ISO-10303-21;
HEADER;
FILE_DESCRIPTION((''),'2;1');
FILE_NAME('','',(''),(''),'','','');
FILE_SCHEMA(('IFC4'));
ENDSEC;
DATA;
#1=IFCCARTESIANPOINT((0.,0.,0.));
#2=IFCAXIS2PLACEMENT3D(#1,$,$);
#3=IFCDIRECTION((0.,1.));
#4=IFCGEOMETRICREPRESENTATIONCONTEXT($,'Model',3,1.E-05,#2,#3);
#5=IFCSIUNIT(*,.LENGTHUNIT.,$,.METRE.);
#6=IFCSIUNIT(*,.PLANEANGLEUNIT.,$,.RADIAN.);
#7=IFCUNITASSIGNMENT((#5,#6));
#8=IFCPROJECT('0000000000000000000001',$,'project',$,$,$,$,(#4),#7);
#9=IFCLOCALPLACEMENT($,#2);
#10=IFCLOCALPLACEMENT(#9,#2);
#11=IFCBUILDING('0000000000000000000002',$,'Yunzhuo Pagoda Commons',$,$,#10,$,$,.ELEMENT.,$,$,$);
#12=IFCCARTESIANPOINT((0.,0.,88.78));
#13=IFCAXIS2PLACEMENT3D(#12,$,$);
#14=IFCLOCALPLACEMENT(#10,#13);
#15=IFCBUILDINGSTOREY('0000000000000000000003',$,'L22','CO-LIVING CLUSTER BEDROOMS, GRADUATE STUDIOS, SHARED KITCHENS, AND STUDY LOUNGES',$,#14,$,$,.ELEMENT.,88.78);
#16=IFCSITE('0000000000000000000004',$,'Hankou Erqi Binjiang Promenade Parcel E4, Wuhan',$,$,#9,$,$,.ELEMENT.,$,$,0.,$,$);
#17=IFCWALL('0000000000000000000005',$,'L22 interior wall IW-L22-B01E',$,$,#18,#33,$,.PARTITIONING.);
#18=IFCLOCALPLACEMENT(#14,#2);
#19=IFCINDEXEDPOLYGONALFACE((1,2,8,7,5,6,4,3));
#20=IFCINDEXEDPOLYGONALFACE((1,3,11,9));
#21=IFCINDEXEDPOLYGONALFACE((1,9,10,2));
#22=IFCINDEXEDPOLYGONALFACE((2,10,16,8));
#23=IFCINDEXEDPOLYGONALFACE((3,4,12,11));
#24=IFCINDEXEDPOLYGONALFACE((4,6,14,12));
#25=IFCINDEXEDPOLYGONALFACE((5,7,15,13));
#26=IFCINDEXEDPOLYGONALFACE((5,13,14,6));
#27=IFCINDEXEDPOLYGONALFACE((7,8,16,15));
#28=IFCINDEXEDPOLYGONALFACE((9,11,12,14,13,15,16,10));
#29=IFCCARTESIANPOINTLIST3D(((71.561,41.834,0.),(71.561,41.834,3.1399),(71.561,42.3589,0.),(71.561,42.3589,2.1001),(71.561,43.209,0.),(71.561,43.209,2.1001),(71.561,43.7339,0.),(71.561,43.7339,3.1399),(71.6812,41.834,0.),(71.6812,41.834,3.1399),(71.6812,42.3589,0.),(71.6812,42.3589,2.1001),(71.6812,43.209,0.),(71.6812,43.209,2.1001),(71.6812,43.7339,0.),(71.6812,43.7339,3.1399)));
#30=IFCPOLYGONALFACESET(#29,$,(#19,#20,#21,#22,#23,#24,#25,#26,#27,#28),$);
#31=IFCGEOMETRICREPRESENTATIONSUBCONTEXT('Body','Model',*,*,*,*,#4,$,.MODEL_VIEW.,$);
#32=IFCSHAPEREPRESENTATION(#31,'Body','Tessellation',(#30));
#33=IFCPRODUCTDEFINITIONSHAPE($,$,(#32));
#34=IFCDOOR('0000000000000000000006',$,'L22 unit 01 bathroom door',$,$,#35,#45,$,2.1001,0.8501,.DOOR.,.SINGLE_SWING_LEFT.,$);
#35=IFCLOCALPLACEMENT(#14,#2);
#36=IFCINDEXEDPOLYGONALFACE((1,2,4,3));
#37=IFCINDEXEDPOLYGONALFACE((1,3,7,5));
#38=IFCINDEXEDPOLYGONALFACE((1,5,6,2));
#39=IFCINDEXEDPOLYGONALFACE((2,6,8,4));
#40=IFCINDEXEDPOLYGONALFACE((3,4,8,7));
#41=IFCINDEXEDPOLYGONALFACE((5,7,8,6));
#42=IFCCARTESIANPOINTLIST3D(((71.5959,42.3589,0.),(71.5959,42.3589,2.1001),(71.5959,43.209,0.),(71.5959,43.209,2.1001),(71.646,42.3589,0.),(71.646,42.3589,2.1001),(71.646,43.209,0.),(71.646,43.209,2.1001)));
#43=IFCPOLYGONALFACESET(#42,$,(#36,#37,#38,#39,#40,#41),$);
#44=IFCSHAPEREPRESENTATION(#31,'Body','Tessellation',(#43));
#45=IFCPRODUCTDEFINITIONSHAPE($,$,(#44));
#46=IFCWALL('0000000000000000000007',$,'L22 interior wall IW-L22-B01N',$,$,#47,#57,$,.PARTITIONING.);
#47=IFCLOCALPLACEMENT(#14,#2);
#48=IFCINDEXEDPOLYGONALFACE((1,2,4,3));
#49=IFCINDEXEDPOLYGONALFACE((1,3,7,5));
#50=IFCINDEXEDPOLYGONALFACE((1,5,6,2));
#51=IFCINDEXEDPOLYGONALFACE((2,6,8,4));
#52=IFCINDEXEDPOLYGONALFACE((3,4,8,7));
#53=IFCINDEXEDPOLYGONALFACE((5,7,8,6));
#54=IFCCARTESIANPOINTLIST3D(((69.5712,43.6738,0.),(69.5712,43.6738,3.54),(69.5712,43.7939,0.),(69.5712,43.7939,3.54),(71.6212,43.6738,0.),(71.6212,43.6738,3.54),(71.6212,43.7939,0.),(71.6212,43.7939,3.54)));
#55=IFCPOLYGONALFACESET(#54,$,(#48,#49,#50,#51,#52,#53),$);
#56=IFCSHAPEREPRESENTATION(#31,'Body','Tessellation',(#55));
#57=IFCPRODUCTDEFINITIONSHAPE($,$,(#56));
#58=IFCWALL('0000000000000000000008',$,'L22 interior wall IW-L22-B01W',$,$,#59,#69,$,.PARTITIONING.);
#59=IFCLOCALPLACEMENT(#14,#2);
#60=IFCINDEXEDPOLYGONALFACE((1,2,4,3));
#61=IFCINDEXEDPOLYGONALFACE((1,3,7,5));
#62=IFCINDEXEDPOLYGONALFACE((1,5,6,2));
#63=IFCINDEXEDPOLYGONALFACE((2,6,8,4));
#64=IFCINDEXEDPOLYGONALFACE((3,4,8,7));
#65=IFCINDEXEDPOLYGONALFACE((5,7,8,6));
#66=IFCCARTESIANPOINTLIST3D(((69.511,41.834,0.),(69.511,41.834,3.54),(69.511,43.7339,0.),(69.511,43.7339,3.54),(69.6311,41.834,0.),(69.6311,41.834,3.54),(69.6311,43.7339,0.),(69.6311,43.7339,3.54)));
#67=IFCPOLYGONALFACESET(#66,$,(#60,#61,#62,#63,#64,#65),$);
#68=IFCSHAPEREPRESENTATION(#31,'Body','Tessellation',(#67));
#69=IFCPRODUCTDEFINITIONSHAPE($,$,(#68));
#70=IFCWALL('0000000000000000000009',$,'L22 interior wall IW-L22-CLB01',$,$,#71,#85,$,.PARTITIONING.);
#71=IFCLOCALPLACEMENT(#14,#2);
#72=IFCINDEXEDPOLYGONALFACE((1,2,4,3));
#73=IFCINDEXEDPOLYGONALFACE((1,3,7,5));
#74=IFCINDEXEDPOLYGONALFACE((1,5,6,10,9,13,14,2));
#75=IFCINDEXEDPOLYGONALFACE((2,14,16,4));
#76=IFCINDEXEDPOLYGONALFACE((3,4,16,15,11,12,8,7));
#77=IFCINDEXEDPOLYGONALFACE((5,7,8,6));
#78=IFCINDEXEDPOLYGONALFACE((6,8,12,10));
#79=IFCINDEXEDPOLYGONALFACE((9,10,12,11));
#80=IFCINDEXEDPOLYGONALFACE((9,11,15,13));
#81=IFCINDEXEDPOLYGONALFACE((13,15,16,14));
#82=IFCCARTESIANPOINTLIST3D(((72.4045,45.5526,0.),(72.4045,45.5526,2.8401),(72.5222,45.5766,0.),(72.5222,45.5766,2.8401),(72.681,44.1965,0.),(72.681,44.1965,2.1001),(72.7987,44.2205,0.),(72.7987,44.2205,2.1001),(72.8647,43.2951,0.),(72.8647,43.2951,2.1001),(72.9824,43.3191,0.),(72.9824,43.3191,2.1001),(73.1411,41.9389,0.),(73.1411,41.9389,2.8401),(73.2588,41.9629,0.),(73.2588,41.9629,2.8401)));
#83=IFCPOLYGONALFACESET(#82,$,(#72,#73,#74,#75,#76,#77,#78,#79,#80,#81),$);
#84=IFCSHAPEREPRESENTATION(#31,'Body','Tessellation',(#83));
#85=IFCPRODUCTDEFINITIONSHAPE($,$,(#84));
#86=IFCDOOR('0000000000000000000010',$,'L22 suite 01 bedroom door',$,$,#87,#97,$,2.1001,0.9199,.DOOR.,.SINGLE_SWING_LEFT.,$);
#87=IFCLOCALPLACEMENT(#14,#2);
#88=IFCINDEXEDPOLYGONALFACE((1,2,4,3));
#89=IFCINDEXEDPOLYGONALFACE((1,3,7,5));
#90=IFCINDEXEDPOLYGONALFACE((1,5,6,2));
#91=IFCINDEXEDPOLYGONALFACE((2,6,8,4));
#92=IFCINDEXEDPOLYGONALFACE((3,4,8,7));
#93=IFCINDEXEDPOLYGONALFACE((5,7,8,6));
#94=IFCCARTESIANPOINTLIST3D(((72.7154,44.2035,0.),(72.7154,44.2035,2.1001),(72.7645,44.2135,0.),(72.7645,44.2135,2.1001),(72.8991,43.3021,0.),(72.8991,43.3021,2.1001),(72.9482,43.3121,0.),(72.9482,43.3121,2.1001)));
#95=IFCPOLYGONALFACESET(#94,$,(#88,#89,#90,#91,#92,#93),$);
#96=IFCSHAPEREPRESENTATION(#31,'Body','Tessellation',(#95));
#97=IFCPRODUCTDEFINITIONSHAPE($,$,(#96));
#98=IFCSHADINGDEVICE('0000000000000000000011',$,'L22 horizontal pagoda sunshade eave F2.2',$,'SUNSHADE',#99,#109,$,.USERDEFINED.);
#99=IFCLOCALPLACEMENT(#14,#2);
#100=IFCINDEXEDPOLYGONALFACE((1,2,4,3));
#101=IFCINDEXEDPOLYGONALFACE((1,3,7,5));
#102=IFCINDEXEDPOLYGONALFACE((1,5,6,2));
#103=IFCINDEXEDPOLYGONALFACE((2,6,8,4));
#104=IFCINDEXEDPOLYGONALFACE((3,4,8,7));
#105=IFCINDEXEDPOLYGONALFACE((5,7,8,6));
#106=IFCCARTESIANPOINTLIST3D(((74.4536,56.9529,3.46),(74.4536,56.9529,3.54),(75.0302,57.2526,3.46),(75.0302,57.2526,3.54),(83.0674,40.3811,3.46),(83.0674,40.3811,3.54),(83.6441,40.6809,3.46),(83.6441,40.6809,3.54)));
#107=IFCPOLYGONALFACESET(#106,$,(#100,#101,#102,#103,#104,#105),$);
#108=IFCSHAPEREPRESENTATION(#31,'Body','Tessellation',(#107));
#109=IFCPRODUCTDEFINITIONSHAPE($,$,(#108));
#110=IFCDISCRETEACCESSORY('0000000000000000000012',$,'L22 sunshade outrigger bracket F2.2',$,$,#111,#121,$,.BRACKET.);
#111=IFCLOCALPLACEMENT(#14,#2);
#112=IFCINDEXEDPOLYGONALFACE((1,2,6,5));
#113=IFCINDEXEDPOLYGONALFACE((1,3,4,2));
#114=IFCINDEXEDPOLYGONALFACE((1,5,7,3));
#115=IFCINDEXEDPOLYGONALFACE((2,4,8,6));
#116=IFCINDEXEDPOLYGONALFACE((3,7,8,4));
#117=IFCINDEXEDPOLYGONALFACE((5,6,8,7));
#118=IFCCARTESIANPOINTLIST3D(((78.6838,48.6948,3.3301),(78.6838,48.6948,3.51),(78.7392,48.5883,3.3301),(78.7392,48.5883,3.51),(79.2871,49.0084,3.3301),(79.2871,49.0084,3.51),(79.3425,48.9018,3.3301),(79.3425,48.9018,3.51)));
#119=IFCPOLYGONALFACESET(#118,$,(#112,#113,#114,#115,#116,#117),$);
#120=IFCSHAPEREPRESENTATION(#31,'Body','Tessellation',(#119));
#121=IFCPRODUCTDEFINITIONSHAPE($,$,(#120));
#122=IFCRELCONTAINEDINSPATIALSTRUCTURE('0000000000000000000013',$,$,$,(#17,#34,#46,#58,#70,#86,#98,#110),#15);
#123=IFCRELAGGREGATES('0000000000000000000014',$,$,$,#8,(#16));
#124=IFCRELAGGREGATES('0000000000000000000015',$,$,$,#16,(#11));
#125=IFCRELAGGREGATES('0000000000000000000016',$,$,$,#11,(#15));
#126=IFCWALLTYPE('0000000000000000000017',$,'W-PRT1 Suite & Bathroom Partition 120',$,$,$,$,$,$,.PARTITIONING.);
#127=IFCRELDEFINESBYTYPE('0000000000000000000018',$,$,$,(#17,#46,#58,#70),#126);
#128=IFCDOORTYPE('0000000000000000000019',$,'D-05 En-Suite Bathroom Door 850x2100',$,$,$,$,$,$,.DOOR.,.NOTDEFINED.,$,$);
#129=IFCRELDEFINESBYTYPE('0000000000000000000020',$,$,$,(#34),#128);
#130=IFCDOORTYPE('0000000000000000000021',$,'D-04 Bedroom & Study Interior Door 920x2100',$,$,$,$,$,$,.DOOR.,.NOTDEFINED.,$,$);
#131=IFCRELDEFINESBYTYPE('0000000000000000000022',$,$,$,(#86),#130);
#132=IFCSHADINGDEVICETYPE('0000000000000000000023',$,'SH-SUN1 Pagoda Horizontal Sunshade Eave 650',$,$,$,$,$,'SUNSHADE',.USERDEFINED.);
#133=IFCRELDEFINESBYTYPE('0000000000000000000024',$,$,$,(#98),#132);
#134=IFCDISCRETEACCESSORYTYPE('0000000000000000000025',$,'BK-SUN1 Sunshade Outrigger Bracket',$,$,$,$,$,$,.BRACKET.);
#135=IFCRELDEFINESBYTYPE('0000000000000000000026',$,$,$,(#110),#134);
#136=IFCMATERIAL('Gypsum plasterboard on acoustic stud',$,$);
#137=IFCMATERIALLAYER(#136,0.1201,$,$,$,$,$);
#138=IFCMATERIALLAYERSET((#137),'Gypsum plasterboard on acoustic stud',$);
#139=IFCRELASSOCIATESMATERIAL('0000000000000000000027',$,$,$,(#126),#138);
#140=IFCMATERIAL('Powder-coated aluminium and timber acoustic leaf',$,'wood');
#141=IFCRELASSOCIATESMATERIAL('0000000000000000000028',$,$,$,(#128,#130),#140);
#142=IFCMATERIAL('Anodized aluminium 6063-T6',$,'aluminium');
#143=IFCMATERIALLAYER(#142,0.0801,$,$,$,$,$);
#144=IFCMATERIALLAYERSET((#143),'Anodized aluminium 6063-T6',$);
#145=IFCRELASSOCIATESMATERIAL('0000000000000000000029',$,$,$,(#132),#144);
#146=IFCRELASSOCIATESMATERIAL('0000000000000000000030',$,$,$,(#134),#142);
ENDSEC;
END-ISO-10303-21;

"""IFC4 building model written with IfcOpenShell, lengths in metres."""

from ifc_helpers import new_model, si_unit, direction, frame, frame_2d, origin, origin_with_axes, origin_2d, place, context, subcontext, project, spatial, rectangle, extrude, source, transform, mapped, material, layer, layer_set, type_object, element, fill, save


model = new_model("IFC4")

# Units and contexts
model_context = context("Model", 3, precision=1e-05, world=origin(), true_north=direction((0.0, 1.0)))
body_context = subcontext(model_context, "Body", "Model", "MODEL_VIEW")
ifc_project = project(units=[si_unit("LENGTHUNIT", "METRE"), si_unit("PLANEANGLEUNIT", "RADIAN")], contexts=[model_context])

# Site, building, storey
site_placement = place(None, origin())
site = spatial("IfcSite", under=ifc_project, at=site_placement, Name="Hankou Erqi Binjiang Promenade Parcel E4, Wuhan", CompositionType="ELEMENT", RefElevation=0.0)
building_placement = place(site_placement, origin())
building = spatial("IfcBuilding", under=site, at=building_placement, Name="Yunzhuo Pagoda Commons", CompositionType="ELEMENT")
storey_placement = place(building_placement, frame((0.0, 0.0, 88.78)))
storey = spatial("IfcBuildingStorey", under=building, at=storey_placement, Name="L22", Description="CO-LIVING CLUSTER BEDROOMS, GRADUATE STUDIOS, SHARED KITCHENS, AND STUDY LOUNGES", CompositionType="ELEMENT", Elevation=88.78)

# Shared definitions
ifc_material_1 = material(Name="Anodized aluminium 6063-T6", Category="aluminium")

# Shared definitions
ifc_material_2 = material(Name="Gypsum plasterboard on acoustic stud")
ifc_layer_1 = layer(ifc_material_2, 0.1201)
ifc_layer_set_1 = layer_set([ifc_layer_1], Name="Gypsum plasterboard on acoustic stud")
wall_type = type_object("IfcWallType", Name="W-PRT1 Suite & Bathroom Partition 120", PredefinedType="PARTITIONING", material=ifc_layer_set_1)

# Wall, opening, door
wall_1_placement = place(storey_placement, frame((71.6211, 41.834, 0.0), z_axis=(0.0, 0.0, 1.0), x_axis=(0.0, 1.0, 0.0)))
wall_1 = element("IfcWall", 1, at=wall_1_placement, inside=storey, type_object=wall_type, Name="L22 interior wall IW-L22-B01E", PredefinedType="PARTITIONING", context=body_context, shape_type="SweptSolid", body=[
    extrude(rectangle(XDim=1.8999, YDim=0.1201, at=frame_2d((0.95, 0.0))), origin(), (0.0, 0.0, 1.0), 3.1399),
])
opening_1_placement = place(wall_1_placement, frame((0.5249, 0.0, 0.0)))
opening_1 = element("IfcOpeningElement", 2, at=opening_1_placement, cuts=wall_1, PredefinedType="OPENING", context=body_context, shape_type="SweptSolid", body=[
    extrude(rectangle(XDim=0.8501, YDim=2.1001, at=frame_2d((0.425, 1.05))), frame((0.0, 0.0701, 0.0), z_axis=(0.0, -1.0, 0.0), x_axis=(1.0, 0.0, 0.0)), (0.0, 0.0, 1.0), 0.1401),
])
ifc_material_3 = material(Name="Powder-coated aluminium and timber acoustic leaf", Category="wood")
door_type_1 = type_object("IfcDoorType", Name="D-05 En-Suite Bathroom Door 850x2100", OperationType="NOTDEFINED", PredefinedType="DOOR", material=ifc_material_3)
shared_shape_1 = source(origin(), body_context, "Body", "SweptSolid", [
    extrude(rectangle(XDim=0.8501, YDim=2.1001, at=frame_2d((0.425, 1.05))), frame((0.0, 0.0249, 0.0), z_axis=(0.0, -1.0, 0.0), x_axis=(1.0, 0.0, 0.0)), (0.0, 0.0, 1.0), 0.05),
])
door_1_placement = place(opening_1_placement, frame((0.8501, 0.0, 0.0), z_axis=(0.0, 0.0, 1.0), x_axis=(-1.0, 0.0, 0.0)))
door_1 = element("IfcDoor", 3, at=door_1_placement, inside=storey, type_object=door_type_1, Name="L22 unit 01 bathroom door", OperationType="SINGLE_SWING_LEFT", OverallHeight=2.1001, OverallWidth=0.8501, PredefinedType="DOOR", context=body_context, shape_type="MappedRepresentation", body=[
    mapped(shared_shape_1, transform((0.0, 0.0, 0.0), scale=1.0)),
])
fill(opening_1, door_1)

# Walls
wall_2_placement = place(storey_placement, frame((71.6211, 43.7339, 0.0), z_axis=(0.0, 0.0, 1.0), x_axis=(-1.0, 0.0, 0.0)))
element("IfcWall", 4, at=wall_2_placement, inside=storey, type_object=wall_type, Name="L22 interior wall IW-L22-B01N", PredefinedType="PARTITIONING", context=body_context, shape_type="SweptSolid", body=[
    extrude(rectangle(XDim=2.05, YDim=0.1201, at=frame_2d((1.0249, 0.0))), origin(), (0.0, 0.0, 1.0), 3.54),
])
wall_3_placement = place(storey_placement, frame((69.571, 43.7339, 0.0), z_axis=(0.0, 0.0, 1.0), x_axis=(0.0, -1.0, 0.0)))
element("IfcWall", 5, at=wall_3_placement, inside=storey, type_object=wall_type, Name="L22 interior wall IW-L22-B01W", PredefinedType="PARTITIONING", context=body_context, shape_type="SweptSolid", body=[
    extrude(rectangle(XDim=1.8999, YDim=0.1201, at=frame_2d((0.95, 0.0))), origin(), (0.0, 0.0, 1.0), 3.54),
])

# Wall, opening, door
wall_4_placement = place(storey_placement, frame((73.2, 41.9509, 0.0), z_axis=(0.0, 0.0, 1.0), x_axis=(-0.199717, 0.979854, 0.0)))
wall_4 = element("IfcWall", 6, at=wall_4_placement, inside=storey, type_object=wall_type, Name="L22 interior wall IW-L22-CLB01", PredefinedType="PARTITIONING", context=body_context, shape_type="SweptSolid", body=[
    extrude(rectangle(XDim=3.688, YDim=0.1201, at=frame_2d((1.844, 0.0))), origin(), (0.0, 0.0, 1.0), 2.8401),
])
opening_2_placement = place(wall_4_placement, frame((1.384, 0.0, 0.0)))
opening_2 = element("IfcOpeningElement", 7, at=opening_2_placement, cuts=wall_4, PredefinedType="OPENING", context=body_context, shape_type="SweptSolid", body=[
    extrude(rectangle(XDim=0.9199, YDim=2.1001, at=frame_2d((0.46, 1.05))), frame((0.0, 0.0701, 0.0), z_axis=(0.0, -1.0, 0.0), x_axis=(1.0, 0.0, 0.0)), (0.0, 0.0, 1.0), 0.1401),
])
door_type_2 = type_object("IfcDoorType", Name="D-04 Bedroom & Study Interior Door 920x2100", OperationType="NOTDEFINED", PredefinedType="DOOR", material=ifc_material_3)
shared_shape_2 = source(origin(), body_context, "Body", "SweptSolid", [
    extrude(rectangle(XDim=0.9199, YDim=2.1001, at=frame_2d((0.46, 1.05))), frame((0.0, 0.0249, 0.0), z_axis=(0.0, -1.0, 0.0), x_axis=(1.0, 0.0, 0.0)), (0.0, 0.0, 1.0), 0.05),
])
door_2_placement = place(opening_2_placement, origin_with_axes())
door_2 = element("IfcDoor", 8, at=door_2_placement, inside=storey, type_object=door_type_2, Name="L22 suite 01 bedroom door", OperationType="SINGLE_SWING_LEFT", OverallHeight=2.1001, OverallWidth=0.9199, PredefinedType="DOOR", context=body_context, shape_type="MappedRepresentation", body=[
    mapped(shared_shape_2, transform((0.0, 0.0, 0.0), scale=1.0)),
])
fill(opening_2, door_2)

# Shading device
ifc_layer_2 = layer(ifc_material_1, 0.0801)
ifc_layer_set_2 = layer_set([ifc_layer_2], Name="Anodized aluminium 6063-T6")
shading_device_type = type_object("IfcShadingDeviceType", Name="SH-SUN1 Pagoda Horizontal Sunshade Eave 650", ElementType="SUNSHADE", PredefinedType="USERDEFINED", material=ifc_layer_set_2)
shared_shape_3 = source(origin(), body_context, "Body", "SweptSolid", [
    extrude(rectangle(XDim=18.6768, YDim=0.6499, at=origin_2d()), origin(), (0.0, 0.0, 1.0), 0.0801),
])
shading_device_placement = place(storey_placement, frame((79.0488, 48.8169, 3.46), z_axis=(0.0, 0.0, 1.0), x_axis=(-0.461207, 0.887293, 0.0)))
element("IfcShadingDevice", 9, at=shading_device_placement, inside=storey, type_object=shading_device_type, Name="L22 horizontal pagoda sunshade eave F2.2", ObjectType="SUNSHADE", PredefinedType="USERDEFINED", context=body_context, shape_type="MappedRepresentation", body=[
    mapped(shared_shape_3, transform((0.0, 0.0, 0.0), scale=1.0)),
])

# Discrete accessory
discrete_accessory_type = type_object("IfcDiscreteAccessoryType", Name="BK-SUN1 Sunshade Outrigger Bracket", PredefinedType="BRACKET", material=ifc_material_1)
shared_shape_4 = source(origin(), body_context, "Body", "SweptSolid", [
    extrude(rectangle(XDim=0.1201, YDim=0.6799, at=origin_2d()), origin(), (0.0, 0.0, 1.0), 0.1799),
])
discrete_accessory_placement = place(storey_placement, frame((79.0132, 48.7983, 3.3301), z_axis=(0.0, 0.0, 1.0), x_axis=(-0.461207, 0.887293, 0.0)))
element("IfcDiscreteAccessory", 10, at=discrete_accessory_placement, inside=storey, type_object=discrete_accessory_type, Name="L22 sunshade outrigger bracket F2.2", PredefinedType="BRACKET", context=body_context, shape_type="MappedRepresentation", body=[
    mapped(shared_shape_4, transform((0.0, 0.0, 0.0), scale=1.0)),
])

save(model, "model.ifc")
